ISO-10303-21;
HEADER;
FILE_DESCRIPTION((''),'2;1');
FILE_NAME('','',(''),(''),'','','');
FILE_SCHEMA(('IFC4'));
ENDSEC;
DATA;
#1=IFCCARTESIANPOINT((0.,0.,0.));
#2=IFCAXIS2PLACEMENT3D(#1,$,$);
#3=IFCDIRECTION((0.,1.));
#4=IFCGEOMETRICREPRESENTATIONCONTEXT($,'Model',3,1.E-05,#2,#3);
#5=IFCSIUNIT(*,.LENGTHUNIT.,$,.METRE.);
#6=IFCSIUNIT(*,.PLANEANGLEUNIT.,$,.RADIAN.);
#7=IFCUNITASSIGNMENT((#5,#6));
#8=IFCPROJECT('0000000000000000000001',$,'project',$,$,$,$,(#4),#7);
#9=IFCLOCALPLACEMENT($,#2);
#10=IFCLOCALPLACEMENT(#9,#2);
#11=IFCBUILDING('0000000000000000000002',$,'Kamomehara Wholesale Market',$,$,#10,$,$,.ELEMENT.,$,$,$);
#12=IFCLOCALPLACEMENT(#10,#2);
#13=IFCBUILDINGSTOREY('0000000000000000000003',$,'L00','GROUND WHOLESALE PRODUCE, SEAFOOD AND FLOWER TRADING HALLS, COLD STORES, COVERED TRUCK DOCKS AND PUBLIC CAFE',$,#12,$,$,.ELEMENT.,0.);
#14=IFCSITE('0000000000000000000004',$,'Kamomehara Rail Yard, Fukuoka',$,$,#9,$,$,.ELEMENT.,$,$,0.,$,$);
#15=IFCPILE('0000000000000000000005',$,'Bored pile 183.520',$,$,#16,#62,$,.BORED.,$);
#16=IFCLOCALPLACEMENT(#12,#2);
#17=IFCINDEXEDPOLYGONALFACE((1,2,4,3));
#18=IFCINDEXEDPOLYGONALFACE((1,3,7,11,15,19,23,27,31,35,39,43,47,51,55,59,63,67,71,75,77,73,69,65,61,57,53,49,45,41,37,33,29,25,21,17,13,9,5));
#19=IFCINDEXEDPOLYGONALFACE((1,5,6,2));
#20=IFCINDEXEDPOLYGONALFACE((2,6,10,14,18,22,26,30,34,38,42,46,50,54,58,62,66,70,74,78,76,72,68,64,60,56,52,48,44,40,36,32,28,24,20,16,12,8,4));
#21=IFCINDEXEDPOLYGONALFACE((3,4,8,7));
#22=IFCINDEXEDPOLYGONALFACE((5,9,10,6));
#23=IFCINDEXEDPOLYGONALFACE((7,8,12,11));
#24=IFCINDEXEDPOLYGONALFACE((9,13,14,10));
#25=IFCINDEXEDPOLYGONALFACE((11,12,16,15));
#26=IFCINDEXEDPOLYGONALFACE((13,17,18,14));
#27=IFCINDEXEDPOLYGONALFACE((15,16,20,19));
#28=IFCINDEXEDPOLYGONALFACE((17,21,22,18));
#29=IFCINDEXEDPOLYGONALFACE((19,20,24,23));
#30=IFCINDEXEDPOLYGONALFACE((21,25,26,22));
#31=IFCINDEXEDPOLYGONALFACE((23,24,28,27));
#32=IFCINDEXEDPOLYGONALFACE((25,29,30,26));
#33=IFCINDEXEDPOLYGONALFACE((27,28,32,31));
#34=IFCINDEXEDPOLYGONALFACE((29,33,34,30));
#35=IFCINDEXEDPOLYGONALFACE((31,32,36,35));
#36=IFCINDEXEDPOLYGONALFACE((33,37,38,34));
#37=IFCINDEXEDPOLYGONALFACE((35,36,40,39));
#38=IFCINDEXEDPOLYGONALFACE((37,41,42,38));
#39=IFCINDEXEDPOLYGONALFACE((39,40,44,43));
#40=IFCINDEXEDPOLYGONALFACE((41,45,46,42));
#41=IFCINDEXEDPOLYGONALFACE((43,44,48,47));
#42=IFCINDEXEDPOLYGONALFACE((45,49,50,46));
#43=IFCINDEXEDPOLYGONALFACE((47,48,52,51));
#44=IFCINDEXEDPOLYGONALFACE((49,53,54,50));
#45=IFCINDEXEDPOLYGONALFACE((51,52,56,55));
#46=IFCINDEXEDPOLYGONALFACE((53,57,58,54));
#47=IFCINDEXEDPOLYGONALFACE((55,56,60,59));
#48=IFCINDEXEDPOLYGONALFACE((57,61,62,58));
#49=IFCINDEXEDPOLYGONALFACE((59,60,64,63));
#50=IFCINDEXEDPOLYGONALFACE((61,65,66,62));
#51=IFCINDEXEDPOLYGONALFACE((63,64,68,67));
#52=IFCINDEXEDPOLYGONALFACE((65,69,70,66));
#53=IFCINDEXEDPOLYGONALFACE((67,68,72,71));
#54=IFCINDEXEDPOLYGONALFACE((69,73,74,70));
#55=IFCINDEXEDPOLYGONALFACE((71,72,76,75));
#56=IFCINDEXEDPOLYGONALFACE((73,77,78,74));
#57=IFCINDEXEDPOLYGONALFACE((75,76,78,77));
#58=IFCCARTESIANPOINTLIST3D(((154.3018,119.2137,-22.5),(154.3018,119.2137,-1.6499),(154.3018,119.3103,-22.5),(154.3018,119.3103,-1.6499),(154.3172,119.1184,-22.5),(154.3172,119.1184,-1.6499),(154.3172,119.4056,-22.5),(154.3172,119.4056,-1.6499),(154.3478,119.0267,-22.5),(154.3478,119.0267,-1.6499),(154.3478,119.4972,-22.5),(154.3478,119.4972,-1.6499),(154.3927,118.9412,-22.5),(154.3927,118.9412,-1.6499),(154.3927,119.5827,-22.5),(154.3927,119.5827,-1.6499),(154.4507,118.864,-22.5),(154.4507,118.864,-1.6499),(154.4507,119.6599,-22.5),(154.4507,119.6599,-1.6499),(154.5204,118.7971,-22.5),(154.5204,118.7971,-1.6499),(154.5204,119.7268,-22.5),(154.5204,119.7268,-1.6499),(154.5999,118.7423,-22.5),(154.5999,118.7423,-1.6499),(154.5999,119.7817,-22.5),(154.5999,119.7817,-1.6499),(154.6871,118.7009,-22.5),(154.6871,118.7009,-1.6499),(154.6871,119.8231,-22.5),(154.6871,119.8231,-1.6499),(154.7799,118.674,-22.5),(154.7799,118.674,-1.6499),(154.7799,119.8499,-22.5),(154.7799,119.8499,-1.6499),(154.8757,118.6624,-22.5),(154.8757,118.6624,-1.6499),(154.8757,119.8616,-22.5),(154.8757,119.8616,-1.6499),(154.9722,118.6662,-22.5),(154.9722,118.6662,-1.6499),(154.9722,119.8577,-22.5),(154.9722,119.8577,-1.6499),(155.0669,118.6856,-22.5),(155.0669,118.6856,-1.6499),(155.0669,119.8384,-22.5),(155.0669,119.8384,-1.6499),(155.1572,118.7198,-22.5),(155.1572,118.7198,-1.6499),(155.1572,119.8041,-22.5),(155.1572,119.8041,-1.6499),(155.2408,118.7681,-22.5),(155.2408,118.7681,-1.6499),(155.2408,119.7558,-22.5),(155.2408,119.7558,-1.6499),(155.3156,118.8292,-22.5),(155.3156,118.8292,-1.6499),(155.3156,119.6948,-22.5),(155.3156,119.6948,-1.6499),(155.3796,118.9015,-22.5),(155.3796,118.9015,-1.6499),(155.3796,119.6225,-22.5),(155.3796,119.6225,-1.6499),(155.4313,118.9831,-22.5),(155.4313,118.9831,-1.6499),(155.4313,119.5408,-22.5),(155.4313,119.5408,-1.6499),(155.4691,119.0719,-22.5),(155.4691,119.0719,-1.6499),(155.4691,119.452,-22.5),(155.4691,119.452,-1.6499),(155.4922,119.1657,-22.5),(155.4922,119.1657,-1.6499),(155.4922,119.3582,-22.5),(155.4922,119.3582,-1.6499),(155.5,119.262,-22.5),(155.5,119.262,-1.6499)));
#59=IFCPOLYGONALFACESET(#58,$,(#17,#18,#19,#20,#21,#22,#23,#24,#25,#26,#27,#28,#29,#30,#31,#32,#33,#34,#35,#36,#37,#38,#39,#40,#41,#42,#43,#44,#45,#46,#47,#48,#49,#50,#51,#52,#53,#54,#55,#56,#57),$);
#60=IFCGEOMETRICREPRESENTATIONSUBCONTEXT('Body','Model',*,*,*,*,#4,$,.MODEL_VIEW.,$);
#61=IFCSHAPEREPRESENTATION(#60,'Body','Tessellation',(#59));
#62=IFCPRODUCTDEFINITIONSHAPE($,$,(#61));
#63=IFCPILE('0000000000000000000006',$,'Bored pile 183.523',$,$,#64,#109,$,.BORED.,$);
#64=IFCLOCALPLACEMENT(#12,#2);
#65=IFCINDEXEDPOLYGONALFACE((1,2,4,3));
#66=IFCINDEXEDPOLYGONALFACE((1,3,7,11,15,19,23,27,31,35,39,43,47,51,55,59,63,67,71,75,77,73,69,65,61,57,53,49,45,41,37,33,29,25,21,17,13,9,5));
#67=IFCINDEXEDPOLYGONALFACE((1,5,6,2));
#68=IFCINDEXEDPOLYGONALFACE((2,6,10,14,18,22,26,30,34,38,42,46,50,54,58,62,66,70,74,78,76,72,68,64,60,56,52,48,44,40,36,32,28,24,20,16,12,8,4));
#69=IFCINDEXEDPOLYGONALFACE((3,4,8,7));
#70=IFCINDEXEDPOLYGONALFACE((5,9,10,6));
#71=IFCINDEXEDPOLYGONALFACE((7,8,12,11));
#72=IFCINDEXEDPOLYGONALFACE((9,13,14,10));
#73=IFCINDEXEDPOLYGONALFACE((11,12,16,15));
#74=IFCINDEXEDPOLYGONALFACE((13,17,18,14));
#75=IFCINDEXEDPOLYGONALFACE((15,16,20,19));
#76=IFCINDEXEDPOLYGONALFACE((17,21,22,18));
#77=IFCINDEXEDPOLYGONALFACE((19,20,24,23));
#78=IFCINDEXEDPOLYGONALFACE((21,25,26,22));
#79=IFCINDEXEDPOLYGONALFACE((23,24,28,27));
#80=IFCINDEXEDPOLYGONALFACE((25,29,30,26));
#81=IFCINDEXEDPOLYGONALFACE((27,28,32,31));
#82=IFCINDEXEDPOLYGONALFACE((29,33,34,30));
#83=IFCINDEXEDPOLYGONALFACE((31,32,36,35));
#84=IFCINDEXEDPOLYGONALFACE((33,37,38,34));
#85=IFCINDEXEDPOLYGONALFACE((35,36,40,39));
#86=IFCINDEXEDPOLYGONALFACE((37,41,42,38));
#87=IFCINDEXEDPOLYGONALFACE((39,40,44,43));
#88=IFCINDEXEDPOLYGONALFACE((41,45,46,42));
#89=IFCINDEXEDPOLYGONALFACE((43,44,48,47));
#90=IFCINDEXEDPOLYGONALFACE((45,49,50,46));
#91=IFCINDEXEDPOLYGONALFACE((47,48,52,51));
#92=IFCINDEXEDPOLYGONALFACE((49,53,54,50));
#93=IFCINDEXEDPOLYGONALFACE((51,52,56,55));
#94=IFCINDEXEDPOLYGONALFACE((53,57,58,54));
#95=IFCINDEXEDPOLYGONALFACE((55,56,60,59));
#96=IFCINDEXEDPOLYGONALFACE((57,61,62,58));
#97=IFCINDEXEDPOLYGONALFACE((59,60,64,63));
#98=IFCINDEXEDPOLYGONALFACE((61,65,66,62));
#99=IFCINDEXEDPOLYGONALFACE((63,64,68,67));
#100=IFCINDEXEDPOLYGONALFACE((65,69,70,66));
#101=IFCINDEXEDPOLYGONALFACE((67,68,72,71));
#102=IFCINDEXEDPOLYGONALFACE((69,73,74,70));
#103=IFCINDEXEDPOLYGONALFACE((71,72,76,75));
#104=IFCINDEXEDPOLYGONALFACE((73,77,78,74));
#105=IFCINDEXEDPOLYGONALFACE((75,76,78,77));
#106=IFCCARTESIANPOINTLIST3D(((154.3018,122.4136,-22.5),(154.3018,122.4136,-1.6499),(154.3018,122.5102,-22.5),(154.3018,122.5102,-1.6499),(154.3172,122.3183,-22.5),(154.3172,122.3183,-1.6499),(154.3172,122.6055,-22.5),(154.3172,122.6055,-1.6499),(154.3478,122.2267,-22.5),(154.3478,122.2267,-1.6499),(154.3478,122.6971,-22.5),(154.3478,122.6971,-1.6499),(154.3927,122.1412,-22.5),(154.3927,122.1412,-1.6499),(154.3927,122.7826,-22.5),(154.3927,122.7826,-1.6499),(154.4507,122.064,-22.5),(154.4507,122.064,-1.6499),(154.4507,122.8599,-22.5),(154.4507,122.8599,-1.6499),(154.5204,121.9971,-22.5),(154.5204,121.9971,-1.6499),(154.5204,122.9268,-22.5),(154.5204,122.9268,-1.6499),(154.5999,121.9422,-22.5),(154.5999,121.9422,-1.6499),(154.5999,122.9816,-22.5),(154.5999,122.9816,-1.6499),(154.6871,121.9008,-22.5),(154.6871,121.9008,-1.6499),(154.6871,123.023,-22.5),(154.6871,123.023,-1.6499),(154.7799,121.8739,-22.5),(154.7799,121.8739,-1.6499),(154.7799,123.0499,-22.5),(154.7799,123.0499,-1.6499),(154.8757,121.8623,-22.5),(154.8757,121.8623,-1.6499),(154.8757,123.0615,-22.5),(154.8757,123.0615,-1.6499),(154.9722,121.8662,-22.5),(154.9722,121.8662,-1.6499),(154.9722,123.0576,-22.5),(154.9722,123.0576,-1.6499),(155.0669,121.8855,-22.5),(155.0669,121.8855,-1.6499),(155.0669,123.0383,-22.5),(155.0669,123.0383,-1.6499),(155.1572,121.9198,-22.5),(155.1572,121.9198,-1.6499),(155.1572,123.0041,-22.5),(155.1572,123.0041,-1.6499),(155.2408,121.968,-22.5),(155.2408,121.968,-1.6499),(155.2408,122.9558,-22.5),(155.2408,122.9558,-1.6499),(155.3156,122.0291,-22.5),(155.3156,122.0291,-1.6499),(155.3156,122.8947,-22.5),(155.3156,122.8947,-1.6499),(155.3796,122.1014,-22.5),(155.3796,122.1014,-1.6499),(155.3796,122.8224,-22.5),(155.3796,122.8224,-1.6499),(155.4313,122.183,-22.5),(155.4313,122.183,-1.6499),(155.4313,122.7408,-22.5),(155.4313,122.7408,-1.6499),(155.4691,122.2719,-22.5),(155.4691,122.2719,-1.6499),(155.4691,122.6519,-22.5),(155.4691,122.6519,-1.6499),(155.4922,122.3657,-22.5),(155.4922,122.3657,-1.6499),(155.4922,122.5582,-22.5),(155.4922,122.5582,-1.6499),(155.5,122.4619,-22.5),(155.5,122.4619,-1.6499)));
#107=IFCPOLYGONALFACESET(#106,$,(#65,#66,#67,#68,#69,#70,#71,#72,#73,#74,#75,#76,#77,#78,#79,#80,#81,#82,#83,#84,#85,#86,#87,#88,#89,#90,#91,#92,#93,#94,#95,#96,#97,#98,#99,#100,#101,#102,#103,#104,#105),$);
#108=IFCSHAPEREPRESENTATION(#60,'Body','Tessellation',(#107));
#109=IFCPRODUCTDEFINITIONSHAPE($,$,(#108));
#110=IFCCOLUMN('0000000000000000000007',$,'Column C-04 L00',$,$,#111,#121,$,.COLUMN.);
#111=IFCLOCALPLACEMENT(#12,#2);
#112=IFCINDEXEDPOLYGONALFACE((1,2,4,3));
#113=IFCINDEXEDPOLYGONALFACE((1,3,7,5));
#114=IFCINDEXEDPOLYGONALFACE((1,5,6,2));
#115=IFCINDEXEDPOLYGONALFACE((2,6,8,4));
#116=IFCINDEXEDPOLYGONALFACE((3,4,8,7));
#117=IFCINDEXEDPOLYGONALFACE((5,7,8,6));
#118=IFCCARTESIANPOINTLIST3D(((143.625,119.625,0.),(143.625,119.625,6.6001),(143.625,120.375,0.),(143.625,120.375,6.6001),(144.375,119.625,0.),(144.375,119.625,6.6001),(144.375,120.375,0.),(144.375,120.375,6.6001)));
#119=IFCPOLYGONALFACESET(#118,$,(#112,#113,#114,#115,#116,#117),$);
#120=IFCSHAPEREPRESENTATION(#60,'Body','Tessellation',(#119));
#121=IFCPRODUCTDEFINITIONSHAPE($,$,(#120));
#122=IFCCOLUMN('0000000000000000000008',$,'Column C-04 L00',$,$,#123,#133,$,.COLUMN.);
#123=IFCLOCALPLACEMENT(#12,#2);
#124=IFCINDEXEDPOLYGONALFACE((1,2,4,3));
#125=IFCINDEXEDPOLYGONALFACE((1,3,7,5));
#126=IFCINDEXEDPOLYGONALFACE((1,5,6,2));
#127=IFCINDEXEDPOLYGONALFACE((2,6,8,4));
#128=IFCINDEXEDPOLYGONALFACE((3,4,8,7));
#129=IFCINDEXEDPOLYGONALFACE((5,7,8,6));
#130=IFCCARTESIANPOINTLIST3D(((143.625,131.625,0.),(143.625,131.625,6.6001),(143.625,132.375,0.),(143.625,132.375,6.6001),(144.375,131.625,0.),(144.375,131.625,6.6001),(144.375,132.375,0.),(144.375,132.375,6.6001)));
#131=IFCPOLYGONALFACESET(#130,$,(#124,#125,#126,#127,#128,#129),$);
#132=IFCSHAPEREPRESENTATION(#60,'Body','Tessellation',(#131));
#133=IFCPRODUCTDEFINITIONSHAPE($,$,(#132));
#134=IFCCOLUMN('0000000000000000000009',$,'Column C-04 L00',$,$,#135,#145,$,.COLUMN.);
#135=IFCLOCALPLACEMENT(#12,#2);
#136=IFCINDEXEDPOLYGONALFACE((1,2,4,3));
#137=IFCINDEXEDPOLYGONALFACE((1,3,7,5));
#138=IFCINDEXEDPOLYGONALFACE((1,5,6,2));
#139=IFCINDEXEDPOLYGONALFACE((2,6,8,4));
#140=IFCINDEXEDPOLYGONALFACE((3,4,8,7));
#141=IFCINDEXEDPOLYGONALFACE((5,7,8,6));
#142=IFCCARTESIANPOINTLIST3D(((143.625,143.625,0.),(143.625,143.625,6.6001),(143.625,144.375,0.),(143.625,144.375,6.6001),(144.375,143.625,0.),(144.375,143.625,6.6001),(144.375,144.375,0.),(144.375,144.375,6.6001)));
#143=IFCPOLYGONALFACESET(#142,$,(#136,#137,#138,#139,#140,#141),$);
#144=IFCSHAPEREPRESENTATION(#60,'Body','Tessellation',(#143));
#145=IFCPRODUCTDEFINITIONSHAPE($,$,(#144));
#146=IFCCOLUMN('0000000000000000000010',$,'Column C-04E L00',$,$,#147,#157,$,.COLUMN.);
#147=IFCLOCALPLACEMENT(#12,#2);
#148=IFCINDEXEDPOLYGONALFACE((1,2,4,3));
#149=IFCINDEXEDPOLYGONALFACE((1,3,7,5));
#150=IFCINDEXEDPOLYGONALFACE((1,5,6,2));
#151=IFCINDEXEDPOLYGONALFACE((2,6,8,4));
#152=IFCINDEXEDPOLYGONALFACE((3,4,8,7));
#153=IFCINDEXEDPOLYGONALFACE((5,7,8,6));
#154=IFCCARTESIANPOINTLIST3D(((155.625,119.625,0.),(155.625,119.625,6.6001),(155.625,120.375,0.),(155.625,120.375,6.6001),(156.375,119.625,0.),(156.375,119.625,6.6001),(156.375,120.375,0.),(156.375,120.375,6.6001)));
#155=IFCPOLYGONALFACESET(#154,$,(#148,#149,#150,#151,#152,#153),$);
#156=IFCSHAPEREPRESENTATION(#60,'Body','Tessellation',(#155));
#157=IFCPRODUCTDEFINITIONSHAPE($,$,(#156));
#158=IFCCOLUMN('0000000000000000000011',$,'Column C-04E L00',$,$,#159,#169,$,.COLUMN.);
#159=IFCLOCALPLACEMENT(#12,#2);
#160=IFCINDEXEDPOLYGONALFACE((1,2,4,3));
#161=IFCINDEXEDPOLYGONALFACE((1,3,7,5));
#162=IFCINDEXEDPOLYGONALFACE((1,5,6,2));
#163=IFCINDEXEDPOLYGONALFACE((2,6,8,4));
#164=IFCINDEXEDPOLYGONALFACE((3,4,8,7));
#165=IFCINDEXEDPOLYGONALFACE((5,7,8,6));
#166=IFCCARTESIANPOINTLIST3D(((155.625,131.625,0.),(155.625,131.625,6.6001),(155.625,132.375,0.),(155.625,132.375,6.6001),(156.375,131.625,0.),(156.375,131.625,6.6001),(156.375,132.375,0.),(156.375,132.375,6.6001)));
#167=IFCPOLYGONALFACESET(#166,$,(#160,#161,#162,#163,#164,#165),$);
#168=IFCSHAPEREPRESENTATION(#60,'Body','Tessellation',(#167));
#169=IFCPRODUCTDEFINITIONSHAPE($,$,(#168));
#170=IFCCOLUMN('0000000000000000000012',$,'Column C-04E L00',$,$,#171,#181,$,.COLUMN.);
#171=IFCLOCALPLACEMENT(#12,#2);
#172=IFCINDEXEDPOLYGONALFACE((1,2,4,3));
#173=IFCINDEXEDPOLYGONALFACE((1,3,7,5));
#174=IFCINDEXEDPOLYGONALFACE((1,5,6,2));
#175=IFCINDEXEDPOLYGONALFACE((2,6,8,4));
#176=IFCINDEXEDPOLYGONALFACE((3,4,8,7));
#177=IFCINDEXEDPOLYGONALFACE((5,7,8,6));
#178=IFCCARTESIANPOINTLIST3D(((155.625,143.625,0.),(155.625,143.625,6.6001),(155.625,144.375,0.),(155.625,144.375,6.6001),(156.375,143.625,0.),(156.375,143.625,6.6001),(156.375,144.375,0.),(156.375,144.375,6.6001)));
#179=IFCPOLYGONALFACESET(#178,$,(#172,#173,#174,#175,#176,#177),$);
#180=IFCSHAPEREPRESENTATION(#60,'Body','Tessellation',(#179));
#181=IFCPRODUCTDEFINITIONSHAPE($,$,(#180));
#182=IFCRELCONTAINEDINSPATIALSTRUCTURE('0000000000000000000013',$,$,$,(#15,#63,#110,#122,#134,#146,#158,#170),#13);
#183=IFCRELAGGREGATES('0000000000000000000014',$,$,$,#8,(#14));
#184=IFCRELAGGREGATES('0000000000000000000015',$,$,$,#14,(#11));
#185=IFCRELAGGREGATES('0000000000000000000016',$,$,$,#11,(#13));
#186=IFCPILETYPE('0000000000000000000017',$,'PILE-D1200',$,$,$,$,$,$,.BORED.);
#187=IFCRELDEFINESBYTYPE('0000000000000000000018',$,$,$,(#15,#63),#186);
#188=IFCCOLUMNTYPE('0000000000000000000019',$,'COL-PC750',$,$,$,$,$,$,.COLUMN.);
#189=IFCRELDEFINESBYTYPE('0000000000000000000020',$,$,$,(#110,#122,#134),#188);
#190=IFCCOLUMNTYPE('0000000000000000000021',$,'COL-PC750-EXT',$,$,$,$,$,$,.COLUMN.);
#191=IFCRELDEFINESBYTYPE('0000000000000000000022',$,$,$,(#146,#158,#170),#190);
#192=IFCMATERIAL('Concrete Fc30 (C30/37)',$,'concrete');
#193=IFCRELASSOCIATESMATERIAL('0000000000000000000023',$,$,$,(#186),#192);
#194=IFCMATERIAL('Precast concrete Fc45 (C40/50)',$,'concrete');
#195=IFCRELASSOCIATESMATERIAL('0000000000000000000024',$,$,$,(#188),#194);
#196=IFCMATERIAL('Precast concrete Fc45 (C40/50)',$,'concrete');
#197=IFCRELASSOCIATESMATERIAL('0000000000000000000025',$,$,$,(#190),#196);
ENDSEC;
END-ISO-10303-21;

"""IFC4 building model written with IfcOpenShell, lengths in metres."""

from ifc_helpers import new_model, si_unit, direction, frame, origin, origin_2d, place, context, subcontext, project, spatial, rectangle, circle, extrude, material, material_profile, profile_set, type_object, element, save


model = new_model("IFC4")

# Units and contexts
model_context = context("Model", 3, precision=1e-05, world=origin(), true_north=direction((0.0, 1.0)))
body_context = subcontext(model_context, "Body", "Model", "MODEL_VIEW")
ifc_project = project(units=[si_unit("LENGTHUNIT", "METRE"), si_unit("PLANEANGLEUNIT", "RADIAN")], contexts=[model_context])

# Site, building, storey
site_placement = place(None, origin())
site = spatial("IfcSite", under=ifc_project, at=site_placement, Name="Kamomehara Rail Yard, Fukuoka", CompositionType="ELEMENT", RefElevation=0.0)
building_placement = place(site_placement, origin())
building = spatial("IfcBuilding", under=site, at=building_placement, Name="Kamomehara Wholesale Market", CompositionType="ELEMENT")
storey_placement = place(building_placement, origin())
storey = spatial("IfcBuildingStorey", under=building, at=storey_placement, Name="L00", Description="GROUND WHOLESALE PRODUCE, SEAFOOD AND FLOWER TRADING HALLS, COLD STORES, COVERED TRUCK DOCKS AND PUBLIC CAFE", CompositionType="ELEMENT", Elevation=0.0)

# Piles
ifc_material_1 = material(Name="Concrete Fc30 (C30/37)", Category="concrete")
ifc_material_profile_1 = material_profile(ifc_material_1, circle(Radius=0.6001, at=origin_2d()), Name="RC-PILE-D1200")
ifc_profile_set_1 = profile_set([ifc_material_profile_1], Name="Concrete Fc30 (C30/37)")
pile_type_1 = type_object("IfcPileType", Name="PILE-D1200", PredefinedType="BORED", material=ifc_profile_set_1)
for number, where, z_axis, x_axis, name in (
    (1, (154.8999, 119.262, -1.6499), (0.0, 0.0, -1.0), (1.0, 0.0, 0.0), "Bored pile 183.520"),
    (2, (154.8999, 122.4619, -1.6499), (0.0, 0.0, -1.0), (1.0, 0.0, 0.0), "Bored pile 183.523"),
):
    element("IfcPile", number, at=place(storey_placement, frame(where, z_axis=z_axis, x_axis=x_axis)), inside=storey, type_object=pile_type_1, Name=name, PredefinedType="BORED", context=body_context, shape_type="SweptSolid", body=[
        extrude(circle(Radius=0.6001, at=origin_2d()), origin(), (0.0, 0.0, 1.0), 20.8501),
    ])

# Columns
ifc_material_2 = material(Name="Precast concrete Fc45 (C40/50)", Category="concrete")
ifc_material_profile_2 = material_profile(ifc_material_2, rectangle(XDim=0.75, YDim=0.75, at=origin_2d()), Name="PC-COL-750x750")
ifc_profile_set_2 = profile_set([ifc_material_profile_2], Name="Precast concrete Fc45 (C40/50)")
column_type_1 = type_object("IfcColumnType", Name="COL-PC750", PredefinedType="COLUMN", material=ifc_profile_set_2)
for number, where, z_axis, x_axis, name in (
    (3, (144.0, 120.0, 0.0), (0.0, 0.0, 1.0), (1.0, 0.0, 0.0), "Column C-04 L00"),
    (4, (144.0, 132.0, 0.0), (0.0, 0.0, 1.0), (1.0, 0.0, 0.0), "Column C-04 L00"),
    (5, (144.0, 144.0, 0.0), (0.0, 0.0, 1.0), (1.0, 0.0, 0.0), "Column C-04 L00"),
):
    element("IfcColumn", number, at=place(storey_placement, frame(where, z_axis=z_axis, x_axis=x_axis)), inside=storey, type_object=column_type_1, Name=name, PredefinedType="COLUMN", context=body_context, shape_type="SweptSolid", body=[
        extrude(rectangle(XDim=0.75, YDim=0.75, at=origin_2d()), origin(), (0.0, 0.0, 1.0), 6.6001),
    ])
ifc_material_3 = material(Name="Precast concrete Fc45 (C40/50)", Category="concrete")
ifc_material_profile_3 = material_profile(ifc_material_3, rectangle(XDim=0.75, YDim=0.75, at=origin_2d()), Name="PC-COL-750x750")
ifc_profile_set_3 = profile_set([ifc_material_profile_3], Name="Precast concrete Fc45 (C40/50)")
column_type_2 = type_object("IfcColumnType", Name="COL-PC750-EXT", PredefinedType="COLUMN", material=ifc_profile_set_3)
for number, where, z_axis, x_axis, name in (
    (6, (156.0, 120.0, 0.0), (0.0, 0.0, 1.0), (1.0, 0.0, 0.0), "Column C-04E L00"),
    (7, (156.0, 132.0, 0.0), (0.0, 0.0, 1.0), (1.0, 0.0, 0.0), "Column C-04E L00"),
    (8, (156.0, 144.0, 0.0), (0.0, 0.0, 1.0), (1.0, 0.0, 0.0), "Column C-04E L00"),
):
    element("IfcColumn", number, at=place(storey_placement, frame(where, z_axis=z_axis, x_axis=x_axis)), inside=storey, type_object=column_type_2, Name=name, PredefinedType="COLUMN", context=body_context, shape_type="SweptSolid", body=[
        extrude(rectangle(XDim=0.75, YDim=0.75, at=origin_2d()), origin(), (0.0, 0.0, 1.0), 6.6001),
    ])

save(model, "model.ifc")
